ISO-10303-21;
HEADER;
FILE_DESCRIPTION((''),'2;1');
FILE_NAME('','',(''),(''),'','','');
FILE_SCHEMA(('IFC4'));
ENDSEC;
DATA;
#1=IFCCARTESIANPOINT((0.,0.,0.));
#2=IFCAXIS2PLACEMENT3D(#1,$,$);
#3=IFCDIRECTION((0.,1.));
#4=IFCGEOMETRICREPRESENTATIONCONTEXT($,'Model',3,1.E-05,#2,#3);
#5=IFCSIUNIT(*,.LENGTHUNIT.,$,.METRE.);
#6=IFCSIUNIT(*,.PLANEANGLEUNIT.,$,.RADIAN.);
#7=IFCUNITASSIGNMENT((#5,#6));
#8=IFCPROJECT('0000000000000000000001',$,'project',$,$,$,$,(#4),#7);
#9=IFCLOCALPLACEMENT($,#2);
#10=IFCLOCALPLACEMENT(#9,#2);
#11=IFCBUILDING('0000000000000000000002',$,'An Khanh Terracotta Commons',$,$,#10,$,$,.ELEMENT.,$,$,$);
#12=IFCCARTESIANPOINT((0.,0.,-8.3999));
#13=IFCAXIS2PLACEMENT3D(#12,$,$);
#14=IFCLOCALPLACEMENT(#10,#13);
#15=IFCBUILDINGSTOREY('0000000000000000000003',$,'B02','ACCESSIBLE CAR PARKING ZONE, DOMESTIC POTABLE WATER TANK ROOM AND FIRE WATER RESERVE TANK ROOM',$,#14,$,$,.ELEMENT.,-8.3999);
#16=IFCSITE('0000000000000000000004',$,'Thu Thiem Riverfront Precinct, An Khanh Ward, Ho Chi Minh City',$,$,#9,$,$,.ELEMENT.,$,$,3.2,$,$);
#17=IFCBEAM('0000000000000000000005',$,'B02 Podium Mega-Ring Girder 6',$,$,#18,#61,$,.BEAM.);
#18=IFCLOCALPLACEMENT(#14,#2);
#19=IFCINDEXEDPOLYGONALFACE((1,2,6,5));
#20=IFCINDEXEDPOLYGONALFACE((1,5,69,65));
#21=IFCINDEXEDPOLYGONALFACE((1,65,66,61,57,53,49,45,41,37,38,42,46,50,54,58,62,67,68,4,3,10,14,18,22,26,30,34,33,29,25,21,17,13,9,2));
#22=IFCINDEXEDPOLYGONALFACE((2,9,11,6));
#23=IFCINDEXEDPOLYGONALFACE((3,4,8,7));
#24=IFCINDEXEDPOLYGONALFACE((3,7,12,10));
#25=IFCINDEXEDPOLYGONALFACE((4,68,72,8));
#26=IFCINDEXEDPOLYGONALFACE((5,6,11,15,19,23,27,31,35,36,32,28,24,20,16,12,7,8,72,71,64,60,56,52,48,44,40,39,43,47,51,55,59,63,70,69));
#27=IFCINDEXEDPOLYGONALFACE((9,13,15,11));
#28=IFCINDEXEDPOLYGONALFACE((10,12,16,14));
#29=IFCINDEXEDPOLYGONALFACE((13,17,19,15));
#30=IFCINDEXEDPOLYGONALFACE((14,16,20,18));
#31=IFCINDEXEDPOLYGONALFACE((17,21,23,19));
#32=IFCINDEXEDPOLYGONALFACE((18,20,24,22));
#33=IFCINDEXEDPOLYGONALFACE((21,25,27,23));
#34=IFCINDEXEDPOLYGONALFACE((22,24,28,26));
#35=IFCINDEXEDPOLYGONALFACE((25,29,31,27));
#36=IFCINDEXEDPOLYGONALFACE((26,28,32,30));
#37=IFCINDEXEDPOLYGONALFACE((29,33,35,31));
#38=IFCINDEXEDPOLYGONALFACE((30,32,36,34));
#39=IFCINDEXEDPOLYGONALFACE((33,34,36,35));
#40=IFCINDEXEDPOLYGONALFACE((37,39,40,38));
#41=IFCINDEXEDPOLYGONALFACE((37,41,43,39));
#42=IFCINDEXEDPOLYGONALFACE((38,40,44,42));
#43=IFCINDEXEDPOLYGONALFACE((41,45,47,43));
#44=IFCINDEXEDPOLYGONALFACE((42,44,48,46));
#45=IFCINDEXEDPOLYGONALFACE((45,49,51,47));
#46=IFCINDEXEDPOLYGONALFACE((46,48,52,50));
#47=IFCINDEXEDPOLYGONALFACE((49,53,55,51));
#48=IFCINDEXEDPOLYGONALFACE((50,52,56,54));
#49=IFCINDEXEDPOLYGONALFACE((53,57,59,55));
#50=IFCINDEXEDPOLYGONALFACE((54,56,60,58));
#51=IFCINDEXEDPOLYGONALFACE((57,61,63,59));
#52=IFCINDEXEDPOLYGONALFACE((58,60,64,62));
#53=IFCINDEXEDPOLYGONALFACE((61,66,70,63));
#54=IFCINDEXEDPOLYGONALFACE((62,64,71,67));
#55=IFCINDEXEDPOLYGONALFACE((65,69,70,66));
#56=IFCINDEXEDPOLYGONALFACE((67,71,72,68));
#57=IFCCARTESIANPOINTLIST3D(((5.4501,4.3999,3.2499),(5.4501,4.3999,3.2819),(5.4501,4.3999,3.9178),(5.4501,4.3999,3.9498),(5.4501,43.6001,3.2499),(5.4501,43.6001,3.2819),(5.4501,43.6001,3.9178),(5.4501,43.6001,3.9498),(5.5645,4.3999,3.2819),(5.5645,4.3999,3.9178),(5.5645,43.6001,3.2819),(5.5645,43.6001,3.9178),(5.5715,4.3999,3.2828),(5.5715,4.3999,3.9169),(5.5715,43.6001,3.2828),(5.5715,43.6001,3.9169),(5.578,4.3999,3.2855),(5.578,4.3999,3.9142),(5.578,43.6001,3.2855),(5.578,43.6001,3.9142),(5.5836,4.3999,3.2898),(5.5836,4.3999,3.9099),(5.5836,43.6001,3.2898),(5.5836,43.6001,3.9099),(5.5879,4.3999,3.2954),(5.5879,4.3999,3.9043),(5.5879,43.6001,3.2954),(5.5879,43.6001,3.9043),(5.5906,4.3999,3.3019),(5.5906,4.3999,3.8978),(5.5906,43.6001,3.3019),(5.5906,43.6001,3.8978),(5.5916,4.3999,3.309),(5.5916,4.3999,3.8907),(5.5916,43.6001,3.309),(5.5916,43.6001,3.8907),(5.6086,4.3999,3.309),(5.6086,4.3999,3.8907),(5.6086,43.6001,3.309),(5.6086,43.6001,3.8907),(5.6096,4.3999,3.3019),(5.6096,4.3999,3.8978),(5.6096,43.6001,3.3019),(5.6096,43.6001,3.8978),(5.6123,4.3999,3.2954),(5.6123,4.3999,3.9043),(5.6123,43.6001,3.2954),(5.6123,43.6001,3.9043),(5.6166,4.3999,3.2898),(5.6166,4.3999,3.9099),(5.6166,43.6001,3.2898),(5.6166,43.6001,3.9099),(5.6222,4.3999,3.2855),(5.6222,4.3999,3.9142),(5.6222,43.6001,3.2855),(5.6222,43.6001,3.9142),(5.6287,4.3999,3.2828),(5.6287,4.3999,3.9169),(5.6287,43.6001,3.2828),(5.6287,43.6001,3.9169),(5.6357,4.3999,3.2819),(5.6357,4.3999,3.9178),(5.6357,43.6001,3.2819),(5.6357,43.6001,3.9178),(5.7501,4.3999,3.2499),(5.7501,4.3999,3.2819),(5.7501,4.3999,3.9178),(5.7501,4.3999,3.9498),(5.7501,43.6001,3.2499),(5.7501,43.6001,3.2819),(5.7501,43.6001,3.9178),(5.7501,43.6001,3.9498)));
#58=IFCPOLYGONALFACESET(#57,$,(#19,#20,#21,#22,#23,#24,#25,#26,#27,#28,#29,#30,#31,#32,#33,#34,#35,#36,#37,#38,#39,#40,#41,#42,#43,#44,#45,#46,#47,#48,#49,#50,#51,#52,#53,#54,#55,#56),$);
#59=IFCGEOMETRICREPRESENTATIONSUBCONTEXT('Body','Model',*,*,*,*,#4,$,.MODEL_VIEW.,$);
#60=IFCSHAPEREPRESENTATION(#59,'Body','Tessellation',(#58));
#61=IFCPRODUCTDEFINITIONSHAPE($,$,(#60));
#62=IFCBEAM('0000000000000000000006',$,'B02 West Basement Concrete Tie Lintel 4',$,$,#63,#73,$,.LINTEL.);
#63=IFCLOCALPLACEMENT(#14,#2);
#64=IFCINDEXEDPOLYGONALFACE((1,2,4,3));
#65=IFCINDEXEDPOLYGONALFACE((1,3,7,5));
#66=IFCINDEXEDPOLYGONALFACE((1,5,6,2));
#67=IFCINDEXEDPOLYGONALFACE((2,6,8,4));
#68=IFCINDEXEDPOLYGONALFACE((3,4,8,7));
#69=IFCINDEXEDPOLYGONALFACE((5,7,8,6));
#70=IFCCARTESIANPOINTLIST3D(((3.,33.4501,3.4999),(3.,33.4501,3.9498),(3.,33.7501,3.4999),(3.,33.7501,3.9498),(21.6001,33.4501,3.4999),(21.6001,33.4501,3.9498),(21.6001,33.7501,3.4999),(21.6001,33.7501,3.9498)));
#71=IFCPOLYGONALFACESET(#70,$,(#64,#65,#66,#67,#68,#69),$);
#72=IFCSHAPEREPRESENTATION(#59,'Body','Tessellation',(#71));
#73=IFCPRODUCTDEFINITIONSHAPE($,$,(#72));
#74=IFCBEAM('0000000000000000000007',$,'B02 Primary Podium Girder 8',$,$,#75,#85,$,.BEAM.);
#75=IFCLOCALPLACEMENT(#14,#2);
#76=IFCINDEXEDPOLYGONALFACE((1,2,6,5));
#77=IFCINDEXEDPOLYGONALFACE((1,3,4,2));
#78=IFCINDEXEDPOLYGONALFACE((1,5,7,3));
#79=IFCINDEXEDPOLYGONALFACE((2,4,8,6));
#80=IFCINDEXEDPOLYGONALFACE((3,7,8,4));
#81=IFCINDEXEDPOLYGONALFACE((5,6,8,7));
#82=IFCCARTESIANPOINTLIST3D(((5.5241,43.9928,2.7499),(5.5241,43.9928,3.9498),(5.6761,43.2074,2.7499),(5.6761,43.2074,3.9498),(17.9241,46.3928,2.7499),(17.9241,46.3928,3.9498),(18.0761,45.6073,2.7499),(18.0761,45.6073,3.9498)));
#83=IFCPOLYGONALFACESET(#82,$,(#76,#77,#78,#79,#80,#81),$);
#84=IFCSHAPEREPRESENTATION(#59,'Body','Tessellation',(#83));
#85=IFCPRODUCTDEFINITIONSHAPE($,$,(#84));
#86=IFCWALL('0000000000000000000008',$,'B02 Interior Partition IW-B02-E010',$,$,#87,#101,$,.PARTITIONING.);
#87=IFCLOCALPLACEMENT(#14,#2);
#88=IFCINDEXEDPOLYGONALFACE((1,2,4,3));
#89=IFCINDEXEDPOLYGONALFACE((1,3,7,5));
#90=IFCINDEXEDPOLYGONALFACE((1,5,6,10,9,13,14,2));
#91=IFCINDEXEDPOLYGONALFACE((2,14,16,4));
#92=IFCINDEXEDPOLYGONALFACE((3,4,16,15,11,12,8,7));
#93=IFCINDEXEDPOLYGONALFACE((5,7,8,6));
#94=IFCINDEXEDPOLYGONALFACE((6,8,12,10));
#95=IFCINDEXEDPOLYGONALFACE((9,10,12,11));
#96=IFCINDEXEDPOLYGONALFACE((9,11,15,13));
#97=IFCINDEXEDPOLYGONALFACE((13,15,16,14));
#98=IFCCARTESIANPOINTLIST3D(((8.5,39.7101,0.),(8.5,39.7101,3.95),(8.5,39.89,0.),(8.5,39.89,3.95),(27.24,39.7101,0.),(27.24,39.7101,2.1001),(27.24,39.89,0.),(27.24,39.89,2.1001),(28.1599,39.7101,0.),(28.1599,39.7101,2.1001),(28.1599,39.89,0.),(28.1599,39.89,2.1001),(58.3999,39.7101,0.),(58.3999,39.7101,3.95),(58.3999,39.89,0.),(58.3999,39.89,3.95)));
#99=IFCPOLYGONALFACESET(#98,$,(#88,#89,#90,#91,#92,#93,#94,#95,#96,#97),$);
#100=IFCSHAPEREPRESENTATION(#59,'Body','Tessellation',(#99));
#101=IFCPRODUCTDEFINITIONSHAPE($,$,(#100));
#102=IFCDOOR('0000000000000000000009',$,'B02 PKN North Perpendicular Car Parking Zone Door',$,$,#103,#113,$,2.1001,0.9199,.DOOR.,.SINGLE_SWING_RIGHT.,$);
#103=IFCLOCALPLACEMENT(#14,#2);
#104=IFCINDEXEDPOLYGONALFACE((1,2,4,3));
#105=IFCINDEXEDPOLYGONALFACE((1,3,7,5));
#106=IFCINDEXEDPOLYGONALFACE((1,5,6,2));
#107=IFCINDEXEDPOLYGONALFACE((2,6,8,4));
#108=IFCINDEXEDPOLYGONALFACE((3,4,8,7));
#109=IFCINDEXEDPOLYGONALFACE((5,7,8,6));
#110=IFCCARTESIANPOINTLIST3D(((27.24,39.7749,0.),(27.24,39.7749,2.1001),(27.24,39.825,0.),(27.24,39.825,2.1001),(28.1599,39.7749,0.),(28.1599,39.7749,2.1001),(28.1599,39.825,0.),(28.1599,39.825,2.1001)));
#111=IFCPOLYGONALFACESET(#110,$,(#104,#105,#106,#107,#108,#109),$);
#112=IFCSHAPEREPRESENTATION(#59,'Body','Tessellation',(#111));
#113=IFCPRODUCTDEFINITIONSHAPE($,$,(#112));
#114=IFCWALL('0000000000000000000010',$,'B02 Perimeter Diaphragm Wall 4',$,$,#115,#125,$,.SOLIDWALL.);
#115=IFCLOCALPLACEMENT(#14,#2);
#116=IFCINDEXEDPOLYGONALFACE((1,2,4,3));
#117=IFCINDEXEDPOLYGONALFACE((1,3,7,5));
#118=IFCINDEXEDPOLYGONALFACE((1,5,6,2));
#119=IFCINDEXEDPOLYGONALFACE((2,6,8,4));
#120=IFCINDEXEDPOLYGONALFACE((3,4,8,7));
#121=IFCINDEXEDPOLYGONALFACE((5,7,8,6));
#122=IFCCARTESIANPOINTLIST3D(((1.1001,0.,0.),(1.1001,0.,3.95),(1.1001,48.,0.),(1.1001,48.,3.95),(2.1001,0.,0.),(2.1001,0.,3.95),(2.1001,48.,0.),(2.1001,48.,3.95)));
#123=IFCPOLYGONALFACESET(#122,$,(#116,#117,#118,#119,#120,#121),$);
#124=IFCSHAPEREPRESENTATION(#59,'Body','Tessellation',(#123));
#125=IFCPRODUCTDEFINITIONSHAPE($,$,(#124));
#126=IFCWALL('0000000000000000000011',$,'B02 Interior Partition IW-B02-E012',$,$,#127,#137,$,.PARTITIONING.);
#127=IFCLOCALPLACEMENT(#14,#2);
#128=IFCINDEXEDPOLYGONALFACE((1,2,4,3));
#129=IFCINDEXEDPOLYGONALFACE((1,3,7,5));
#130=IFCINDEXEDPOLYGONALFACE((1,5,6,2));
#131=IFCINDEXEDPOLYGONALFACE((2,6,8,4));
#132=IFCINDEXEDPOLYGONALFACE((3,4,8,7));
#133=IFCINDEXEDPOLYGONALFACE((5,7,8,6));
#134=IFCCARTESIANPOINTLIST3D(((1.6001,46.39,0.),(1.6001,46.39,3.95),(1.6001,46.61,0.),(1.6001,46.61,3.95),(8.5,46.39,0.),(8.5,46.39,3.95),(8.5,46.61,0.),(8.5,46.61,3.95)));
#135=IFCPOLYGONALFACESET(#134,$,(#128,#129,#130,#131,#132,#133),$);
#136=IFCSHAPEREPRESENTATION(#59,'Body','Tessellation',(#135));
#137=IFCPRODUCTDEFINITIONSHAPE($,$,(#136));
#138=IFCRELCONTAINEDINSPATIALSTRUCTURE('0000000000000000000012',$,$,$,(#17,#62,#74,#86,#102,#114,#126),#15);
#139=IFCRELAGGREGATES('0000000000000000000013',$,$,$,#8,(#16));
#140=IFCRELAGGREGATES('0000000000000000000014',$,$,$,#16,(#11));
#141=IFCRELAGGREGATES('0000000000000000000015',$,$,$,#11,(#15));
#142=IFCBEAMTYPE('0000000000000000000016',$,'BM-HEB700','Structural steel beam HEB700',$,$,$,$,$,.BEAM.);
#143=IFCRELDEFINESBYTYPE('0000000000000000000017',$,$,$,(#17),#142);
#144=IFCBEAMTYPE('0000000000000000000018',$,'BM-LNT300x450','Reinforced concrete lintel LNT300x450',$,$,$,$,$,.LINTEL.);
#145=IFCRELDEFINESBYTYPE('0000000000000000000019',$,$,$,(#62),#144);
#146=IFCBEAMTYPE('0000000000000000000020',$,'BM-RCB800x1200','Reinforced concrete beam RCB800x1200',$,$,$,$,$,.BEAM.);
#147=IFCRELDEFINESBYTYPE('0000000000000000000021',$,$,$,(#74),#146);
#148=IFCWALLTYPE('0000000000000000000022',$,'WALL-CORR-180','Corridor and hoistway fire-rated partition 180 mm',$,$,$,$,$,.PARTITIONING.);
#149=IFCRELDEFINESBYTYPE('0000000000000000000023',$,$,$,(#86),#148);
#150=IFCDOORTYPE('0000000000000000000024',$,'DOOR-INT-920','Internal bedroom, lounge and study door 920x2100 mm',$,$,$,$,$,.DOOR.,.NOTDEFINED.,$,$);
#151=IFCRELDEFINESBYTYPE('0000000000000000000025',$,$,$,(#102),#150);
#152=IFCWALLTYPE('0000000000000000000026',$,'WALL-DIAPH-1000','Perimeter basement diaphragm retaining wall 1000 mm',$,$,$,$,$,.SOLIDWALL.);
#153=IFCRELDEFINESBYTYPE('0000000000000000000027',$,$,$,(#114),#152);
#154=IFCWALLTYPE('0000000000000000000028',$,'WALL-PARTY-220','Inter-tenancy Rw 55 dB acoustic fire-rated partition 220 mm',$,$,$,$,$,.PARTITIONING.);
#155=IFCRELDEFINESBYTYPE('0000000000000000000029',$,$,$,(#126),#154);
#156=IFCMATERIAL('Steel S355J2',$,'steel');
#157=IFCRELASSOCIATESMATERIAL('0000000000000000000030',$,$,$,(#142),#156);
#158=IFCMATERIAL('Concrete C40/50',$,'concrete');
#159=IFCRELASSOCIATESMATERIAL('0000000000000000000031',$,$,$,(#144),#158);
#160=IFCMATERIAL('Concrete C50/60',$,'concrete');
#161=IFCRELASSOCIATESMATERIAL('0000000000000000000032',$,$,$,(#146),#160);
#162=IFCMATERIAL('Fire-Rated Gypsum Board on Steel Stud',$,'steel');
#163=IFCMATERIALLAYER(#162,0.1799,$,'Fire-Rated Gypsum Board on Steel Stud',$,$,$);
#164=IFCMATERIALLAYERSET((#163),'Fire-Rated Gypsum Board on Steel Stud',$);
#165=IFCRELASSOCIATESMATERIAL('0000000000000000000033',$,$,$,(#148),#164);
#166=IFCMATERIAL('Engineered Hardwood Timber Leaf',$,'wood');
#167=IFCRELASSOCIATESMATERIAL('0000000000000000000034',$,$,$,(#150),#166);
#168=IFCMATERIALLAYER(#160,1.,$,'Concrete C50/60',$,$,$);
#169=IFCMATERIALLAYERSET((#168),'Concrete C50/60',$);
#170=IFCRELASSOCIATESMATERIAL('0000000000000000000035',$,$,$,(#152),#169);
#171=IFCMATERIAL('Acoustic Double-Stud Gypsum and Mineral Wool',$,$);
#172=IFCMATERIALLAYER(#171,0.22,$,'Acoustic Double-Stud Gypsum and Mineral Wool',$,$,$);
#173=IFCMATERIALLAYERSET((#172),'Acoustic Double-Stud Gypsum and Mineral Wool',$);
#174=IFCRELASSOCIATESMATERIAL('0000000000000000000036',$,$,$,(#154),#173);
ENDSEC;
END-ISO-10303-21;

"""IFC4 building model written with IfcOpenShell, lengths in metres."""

from ifc_helpers import new_model, si_unit, direction, frame, frame_2d, origin, origin_2d, place, context, subcontext, project, spatial, rectangle, i_section, extrude, material, layer, layer_set, material_profile, profile_set, type_object, element, fill, save


model = new_model("IFC4")

# Units and contexts
model_context = context("Model", 3, precision=1e-05, world=origin(), true_north=direction((0.0, 1.0)))
body_context = subcontext(model_context, "Body", "Model", "MODEL_VIEW")
ifc_project = project(units=[si_unit("LENGTHUNIT", "METRE"), si_unit("PLANEANGLEUNIT", "RADIAN")], contexts=[model_context])

# Site, building, storey
site_placement = place(None, origin())
site = spatial("IfcSite", under=ifc_project, at=site_placement, Name="Thu Thiem Riverfront Precinct, An Khanh Ward, Ho Chi Minh City", CompositionType="ELEMENT", RefElevation=3.2)
building_placement = place(site_placement, origin())
building = spatial("IfcBuilding", under=site, at=building_placement, Name="An Khanh Terracotta Commons", CompositionType="ELEMENT")
storey_placement = place(building_placement, frame((0.0, 0.0, -8.3999)))
storey = spatial("IfcBuildingStorey", under=building, at=storey_placement, Name="B02", Description="ACCESSIBLE CAR PARKING ZONE, DOMESTIC POTABLE WATER TANK ROOM AND FIRE WATER RESERVE TANK ROOM", CompositionType="ELEMENT", Elevation=-8.3999)

# Shared definitions
ifc_material_1 = material(Name="Concrete C50/60", Category="concrete")

# Beams
ifc_material_2 = material(Name="Steel S355J2", Category="steel")
ifc_material_profile_1 = material_profile(ifc_material_2, i_section(OverallWidth=0.3, OverallDepth=0.7, WebThickness=0.0171, FlangeThickness=0.032, FilletRadius=0.0271, at=origin_2d()), Name="HEB700")
ifc_profile_set_1 = profile_set([ifc_material_profile_1], Name="Steel S355J2")
beam_type_1 = type_object("IfcBeamType", Name="BM-HEB700", Description="Structural steel beam HEB700", PredefinedType="BEAM", material=ifc_profile_set_1)
beam_1_placement = place(storey_placement, frame((5.6001, 43.6001, 3.5999), z_axis=(0.0, -1.0, 0.0), x_axis=(1.0, 0.0, 0.0)))
element("IfcBeam", 1, at=beam_1_placement, inside=storey, type_object=beam_type_1, Name="B02 Podium Mega-Ring Girder 6", PredefinedType="BEAM", context=body_context, shape_type="SweptSolid", body=[
    extrude(i_section(OverallWidth=0.3, OverallDepth=0.7, WebThickness=0.0171, FlangeThickness=0.032, FilletRadius=0.0271, at=origin_2d()), origin(), (0.0, 0.0, 1.0), 39.2002),
])
ifc_material_3 = material(Name="Concrete C40/50", Category="concrete")
ifc_material_profile_2 = material_profile(ifc_material_3, rectangle(XDim=0.3, YDim=0.45, at=origin_2d()), Name="LNT300x450")
ifc_profile_set_2 = profile_set([ifc_material_profile_2], Name="Concrete C40/50")
beam_type_2 = type_object("IfcBeamType", Name="BM-LNT300x450", Description="Reinforced concrete lintel LNT300x450", PredefinedType="LINTEL", material=ifc_profile_set_2)
beam_2_placement = place(storey_placement, frame((3.0, 33.6001, 3.7249), z_axis=(1.0, 0.0, 0.0), x_axis=(0.0, 1.0, 0.0)))
element("IfcBeam", 2, at=beam_2_placement, inside=storey, type_object=beam_type_2, Name="B02 West Basement Concrete Tie Lintel 4", PredefinedType="LINTEL", context=body_context, shape_type="SweptSolid", body=[
    extrude(rectangle(XDim=0.3, YDim=0.45, at=origin_2d()), origin(), (0.0, 0.0, 1.0), 18.6001),
])
ifc_material_profile_3 = material_profile(ifc_material_1, rectangle(XDim=0.8, YDim=1.2, at=origin_2d()), Name="RCB800x1200")
ifc_profile_set_3 = profile_set([ifc_material_profile_3], Name="Concrete C50/60")
beam_type_3 = type_object("IfcBeamType", Name="BM-RCB800x1200", Description="Reinforced concrete beam RCB800x1200", PredefinedType="BEAM", material=ifc_profile_set_3)
beam_3_placement = place(storey_placement, frame((5.6001, 43.6001, 3.3499), z_axis=(0.981781, 0.190016, 0.0), x_axis=(-0.190016, 0.981781, 0.0)))
element("IfcBeam", 3, at=beam_3_placement, inside=storey, type_object=beam_type_3, Name="B02 Primary Podium Girder 8", PredefinedType="BEAM", context=body_context, shape_type="SweptSolid", body=[
    extrude(rectangle(XDim=0.8, YDim=1.2, at=origin_2d()), origin(), (0.0, 0.0, 1.0), 12.6301),
])

# Wall, opening, door
ifc_material_4 = material(Name="Fire-Rated Gypsum Board on Steel Stud", Category="steel")
ifc_layer_1 = layer(ifc_material_4, 0.1799, Name="Fire-Rated Gypsum Board on Steel Stud")
ifc_layer_set_1 = layer_set([ifc_layer_1], Name="Fire-Rated Gypsum Board on Steel Stud")
wall_type_1 = type_object("IfcWallType", Name="WALL-CORR-180", Description="Corridor and hoistway fire-rated partition 180 mm", PredefinedType="PARTITIONING", material=ifc_layer_set_1)
wall_1_placement = place(storey_placement, frame((8.5, 39.8, 0.0), z_axis=(0.0, 0.0, 1.0), x_axis=(1.0, 0.0, 0.0)))
wall_1 = element("IfcWall", 4, at=wall_1_placement, inside=storey, type_object=wall_type_1, Name="B02 Interior Partition IW-B02-E010", PredefinedType="PARTITIONING", context=body_context, shape_type="SweptSolid", body=[
    extrude(rectangle(XDim=49.8999, YDim=0.1799, at=frame_2d((24.95, 0.0))), origin(), (0.0, 0.0, 1.0), 3.95),
])
opening_placement = place(wall_1_placement, frame((18.74, 0.0, 0.0)))
opening = element("IfcOpeningElement", 5, at=opening_placement, cuts=wall_1, PredefinedType="OPENING", context=body_context, shape_type="SweptSolid", body=[
    extrude(rectangle(XDim=0.9199, YDim=2.1001, at=frame_2d((0.46, 1.05))), frame((0.0, 0.0999, 0.0), z_axis=(0.0, -1.0, 0.0), x_axis=(1.0, 0.0, 0.0)), (0.0, 0.0, 1.0), 0.2),
])
ifc_material_5 = material(Name="Engineered Hardwood Timber Leaf", Category="wood")
door_type = type_object("IfcDoorType", Name="DOOR-INT-920", Description="Internal bedroom, lounge and study door 920x2100 mm", OperationType="NOTDEFINED", PredefinedType="DOOR", material=ifc_material_5)
door_placement = place(opening_placement, origin())
door = element("IfcDoor", 6, at=door_placement, inside=storey, type_object=door_type, Name="B02 PKN North Perpendicular Car Parking Zone Door", OperationType="SINGLE_SWING_RIGHT", OverallHeight=2.1001, OverallWidth=0.9199, PredefinedType="DOOR", context=body_context, shape_type="SweptSolid", body=[
    extrude(rectangle(XDim=0.9199, YDim=2.1001, at=frame_2d((0.46, 1.05))), frame((0.0, 0.0249, 0.0), z_axis=(0.0, -1.0, 0.0), x_axis=(1.0, 0.0, 0.0)), (0.0, 0.0, 1.0), 0.05),
])
fill(opening, door)

# Walls
ifc_layer_2 = layer(ifc_material_1, 1.0, Name="Concrete C50/60")
ifc_layer_set_2 = layer_set([ifc_layer_2], Name="Concrete C50/60")
wall_type_2 = type_object("IfcWallType", Name="WALL-DIAPH-1000", Description="Perimeter basement diaphragm retaining wall 1000 mm", PredefinedType="SOLIDWALL", material=ifc_layer_set_2)
wall_2_placement = place(storey_placement, frame((1.6001, 48.0, 0.0), z_axis=(0.0, 0.0, 1.0), x_axis=(0.0, -1.0, 0.0)))
element("IfcWall", 7, at=wall_2_placement, inside=storey, type_object=wall_type_2, Name="B02 Perimeter Diaphragm Wall 4", PredefinedType="SOLIDWALL", context=body_context, shape_type="SweptSolid", body=[
    extrude(rectangle(XDim=48.0, YDim=1.0, at=frame_2d((24.0, 0.0))), origin(), (0.0, 0.0, 1.0), 3.95),
])
ifc_material_6 = material(Name="Acoustic Double-Stud Gypsum and Mineral Wool")
ifc_layer_3 = layer(ifc_material_6, 0.22, Name="Acoustic Double-Stud Gypsum and Mineral Wool")
ifc_layer_set_3 = layer_set([ifc_layer_3], Name="Acoustic Double-Stud Gypsum and Mineral Wool")
wall_type_3 = type_object("IfcWallType", Name="WALL-PARTY-220", Description="Inter-tenancy Rw 55 dB acoustic fire-rated partition 220 mm", PredefinedType="PARTITIONING", material=ifc_layer_set_3)
wall_3_placement = place(storey_placement, frame((1.6001, 46.5, 0.0), z_axis=(0.0, 0.0, 1.0), x_axis=(1.0, 0.0, 0.0)))
element("IfcWall", 8, at=wall_3_placement, inside=storey, type_object=wall_type_3, Name="B02 Interior Partition IW-B02-E012", PredefinedType="PARTITIONING", context=body_context, shape_type="SweptSolid", body=[
    extrude(rectangle(XDim=6.8999, YDim=0.22, at=frame_2d((3.45, 0.0))), origin(), (0.0, 0.0, 1.0), 3.95),
])

save(model, "model.ifc")
